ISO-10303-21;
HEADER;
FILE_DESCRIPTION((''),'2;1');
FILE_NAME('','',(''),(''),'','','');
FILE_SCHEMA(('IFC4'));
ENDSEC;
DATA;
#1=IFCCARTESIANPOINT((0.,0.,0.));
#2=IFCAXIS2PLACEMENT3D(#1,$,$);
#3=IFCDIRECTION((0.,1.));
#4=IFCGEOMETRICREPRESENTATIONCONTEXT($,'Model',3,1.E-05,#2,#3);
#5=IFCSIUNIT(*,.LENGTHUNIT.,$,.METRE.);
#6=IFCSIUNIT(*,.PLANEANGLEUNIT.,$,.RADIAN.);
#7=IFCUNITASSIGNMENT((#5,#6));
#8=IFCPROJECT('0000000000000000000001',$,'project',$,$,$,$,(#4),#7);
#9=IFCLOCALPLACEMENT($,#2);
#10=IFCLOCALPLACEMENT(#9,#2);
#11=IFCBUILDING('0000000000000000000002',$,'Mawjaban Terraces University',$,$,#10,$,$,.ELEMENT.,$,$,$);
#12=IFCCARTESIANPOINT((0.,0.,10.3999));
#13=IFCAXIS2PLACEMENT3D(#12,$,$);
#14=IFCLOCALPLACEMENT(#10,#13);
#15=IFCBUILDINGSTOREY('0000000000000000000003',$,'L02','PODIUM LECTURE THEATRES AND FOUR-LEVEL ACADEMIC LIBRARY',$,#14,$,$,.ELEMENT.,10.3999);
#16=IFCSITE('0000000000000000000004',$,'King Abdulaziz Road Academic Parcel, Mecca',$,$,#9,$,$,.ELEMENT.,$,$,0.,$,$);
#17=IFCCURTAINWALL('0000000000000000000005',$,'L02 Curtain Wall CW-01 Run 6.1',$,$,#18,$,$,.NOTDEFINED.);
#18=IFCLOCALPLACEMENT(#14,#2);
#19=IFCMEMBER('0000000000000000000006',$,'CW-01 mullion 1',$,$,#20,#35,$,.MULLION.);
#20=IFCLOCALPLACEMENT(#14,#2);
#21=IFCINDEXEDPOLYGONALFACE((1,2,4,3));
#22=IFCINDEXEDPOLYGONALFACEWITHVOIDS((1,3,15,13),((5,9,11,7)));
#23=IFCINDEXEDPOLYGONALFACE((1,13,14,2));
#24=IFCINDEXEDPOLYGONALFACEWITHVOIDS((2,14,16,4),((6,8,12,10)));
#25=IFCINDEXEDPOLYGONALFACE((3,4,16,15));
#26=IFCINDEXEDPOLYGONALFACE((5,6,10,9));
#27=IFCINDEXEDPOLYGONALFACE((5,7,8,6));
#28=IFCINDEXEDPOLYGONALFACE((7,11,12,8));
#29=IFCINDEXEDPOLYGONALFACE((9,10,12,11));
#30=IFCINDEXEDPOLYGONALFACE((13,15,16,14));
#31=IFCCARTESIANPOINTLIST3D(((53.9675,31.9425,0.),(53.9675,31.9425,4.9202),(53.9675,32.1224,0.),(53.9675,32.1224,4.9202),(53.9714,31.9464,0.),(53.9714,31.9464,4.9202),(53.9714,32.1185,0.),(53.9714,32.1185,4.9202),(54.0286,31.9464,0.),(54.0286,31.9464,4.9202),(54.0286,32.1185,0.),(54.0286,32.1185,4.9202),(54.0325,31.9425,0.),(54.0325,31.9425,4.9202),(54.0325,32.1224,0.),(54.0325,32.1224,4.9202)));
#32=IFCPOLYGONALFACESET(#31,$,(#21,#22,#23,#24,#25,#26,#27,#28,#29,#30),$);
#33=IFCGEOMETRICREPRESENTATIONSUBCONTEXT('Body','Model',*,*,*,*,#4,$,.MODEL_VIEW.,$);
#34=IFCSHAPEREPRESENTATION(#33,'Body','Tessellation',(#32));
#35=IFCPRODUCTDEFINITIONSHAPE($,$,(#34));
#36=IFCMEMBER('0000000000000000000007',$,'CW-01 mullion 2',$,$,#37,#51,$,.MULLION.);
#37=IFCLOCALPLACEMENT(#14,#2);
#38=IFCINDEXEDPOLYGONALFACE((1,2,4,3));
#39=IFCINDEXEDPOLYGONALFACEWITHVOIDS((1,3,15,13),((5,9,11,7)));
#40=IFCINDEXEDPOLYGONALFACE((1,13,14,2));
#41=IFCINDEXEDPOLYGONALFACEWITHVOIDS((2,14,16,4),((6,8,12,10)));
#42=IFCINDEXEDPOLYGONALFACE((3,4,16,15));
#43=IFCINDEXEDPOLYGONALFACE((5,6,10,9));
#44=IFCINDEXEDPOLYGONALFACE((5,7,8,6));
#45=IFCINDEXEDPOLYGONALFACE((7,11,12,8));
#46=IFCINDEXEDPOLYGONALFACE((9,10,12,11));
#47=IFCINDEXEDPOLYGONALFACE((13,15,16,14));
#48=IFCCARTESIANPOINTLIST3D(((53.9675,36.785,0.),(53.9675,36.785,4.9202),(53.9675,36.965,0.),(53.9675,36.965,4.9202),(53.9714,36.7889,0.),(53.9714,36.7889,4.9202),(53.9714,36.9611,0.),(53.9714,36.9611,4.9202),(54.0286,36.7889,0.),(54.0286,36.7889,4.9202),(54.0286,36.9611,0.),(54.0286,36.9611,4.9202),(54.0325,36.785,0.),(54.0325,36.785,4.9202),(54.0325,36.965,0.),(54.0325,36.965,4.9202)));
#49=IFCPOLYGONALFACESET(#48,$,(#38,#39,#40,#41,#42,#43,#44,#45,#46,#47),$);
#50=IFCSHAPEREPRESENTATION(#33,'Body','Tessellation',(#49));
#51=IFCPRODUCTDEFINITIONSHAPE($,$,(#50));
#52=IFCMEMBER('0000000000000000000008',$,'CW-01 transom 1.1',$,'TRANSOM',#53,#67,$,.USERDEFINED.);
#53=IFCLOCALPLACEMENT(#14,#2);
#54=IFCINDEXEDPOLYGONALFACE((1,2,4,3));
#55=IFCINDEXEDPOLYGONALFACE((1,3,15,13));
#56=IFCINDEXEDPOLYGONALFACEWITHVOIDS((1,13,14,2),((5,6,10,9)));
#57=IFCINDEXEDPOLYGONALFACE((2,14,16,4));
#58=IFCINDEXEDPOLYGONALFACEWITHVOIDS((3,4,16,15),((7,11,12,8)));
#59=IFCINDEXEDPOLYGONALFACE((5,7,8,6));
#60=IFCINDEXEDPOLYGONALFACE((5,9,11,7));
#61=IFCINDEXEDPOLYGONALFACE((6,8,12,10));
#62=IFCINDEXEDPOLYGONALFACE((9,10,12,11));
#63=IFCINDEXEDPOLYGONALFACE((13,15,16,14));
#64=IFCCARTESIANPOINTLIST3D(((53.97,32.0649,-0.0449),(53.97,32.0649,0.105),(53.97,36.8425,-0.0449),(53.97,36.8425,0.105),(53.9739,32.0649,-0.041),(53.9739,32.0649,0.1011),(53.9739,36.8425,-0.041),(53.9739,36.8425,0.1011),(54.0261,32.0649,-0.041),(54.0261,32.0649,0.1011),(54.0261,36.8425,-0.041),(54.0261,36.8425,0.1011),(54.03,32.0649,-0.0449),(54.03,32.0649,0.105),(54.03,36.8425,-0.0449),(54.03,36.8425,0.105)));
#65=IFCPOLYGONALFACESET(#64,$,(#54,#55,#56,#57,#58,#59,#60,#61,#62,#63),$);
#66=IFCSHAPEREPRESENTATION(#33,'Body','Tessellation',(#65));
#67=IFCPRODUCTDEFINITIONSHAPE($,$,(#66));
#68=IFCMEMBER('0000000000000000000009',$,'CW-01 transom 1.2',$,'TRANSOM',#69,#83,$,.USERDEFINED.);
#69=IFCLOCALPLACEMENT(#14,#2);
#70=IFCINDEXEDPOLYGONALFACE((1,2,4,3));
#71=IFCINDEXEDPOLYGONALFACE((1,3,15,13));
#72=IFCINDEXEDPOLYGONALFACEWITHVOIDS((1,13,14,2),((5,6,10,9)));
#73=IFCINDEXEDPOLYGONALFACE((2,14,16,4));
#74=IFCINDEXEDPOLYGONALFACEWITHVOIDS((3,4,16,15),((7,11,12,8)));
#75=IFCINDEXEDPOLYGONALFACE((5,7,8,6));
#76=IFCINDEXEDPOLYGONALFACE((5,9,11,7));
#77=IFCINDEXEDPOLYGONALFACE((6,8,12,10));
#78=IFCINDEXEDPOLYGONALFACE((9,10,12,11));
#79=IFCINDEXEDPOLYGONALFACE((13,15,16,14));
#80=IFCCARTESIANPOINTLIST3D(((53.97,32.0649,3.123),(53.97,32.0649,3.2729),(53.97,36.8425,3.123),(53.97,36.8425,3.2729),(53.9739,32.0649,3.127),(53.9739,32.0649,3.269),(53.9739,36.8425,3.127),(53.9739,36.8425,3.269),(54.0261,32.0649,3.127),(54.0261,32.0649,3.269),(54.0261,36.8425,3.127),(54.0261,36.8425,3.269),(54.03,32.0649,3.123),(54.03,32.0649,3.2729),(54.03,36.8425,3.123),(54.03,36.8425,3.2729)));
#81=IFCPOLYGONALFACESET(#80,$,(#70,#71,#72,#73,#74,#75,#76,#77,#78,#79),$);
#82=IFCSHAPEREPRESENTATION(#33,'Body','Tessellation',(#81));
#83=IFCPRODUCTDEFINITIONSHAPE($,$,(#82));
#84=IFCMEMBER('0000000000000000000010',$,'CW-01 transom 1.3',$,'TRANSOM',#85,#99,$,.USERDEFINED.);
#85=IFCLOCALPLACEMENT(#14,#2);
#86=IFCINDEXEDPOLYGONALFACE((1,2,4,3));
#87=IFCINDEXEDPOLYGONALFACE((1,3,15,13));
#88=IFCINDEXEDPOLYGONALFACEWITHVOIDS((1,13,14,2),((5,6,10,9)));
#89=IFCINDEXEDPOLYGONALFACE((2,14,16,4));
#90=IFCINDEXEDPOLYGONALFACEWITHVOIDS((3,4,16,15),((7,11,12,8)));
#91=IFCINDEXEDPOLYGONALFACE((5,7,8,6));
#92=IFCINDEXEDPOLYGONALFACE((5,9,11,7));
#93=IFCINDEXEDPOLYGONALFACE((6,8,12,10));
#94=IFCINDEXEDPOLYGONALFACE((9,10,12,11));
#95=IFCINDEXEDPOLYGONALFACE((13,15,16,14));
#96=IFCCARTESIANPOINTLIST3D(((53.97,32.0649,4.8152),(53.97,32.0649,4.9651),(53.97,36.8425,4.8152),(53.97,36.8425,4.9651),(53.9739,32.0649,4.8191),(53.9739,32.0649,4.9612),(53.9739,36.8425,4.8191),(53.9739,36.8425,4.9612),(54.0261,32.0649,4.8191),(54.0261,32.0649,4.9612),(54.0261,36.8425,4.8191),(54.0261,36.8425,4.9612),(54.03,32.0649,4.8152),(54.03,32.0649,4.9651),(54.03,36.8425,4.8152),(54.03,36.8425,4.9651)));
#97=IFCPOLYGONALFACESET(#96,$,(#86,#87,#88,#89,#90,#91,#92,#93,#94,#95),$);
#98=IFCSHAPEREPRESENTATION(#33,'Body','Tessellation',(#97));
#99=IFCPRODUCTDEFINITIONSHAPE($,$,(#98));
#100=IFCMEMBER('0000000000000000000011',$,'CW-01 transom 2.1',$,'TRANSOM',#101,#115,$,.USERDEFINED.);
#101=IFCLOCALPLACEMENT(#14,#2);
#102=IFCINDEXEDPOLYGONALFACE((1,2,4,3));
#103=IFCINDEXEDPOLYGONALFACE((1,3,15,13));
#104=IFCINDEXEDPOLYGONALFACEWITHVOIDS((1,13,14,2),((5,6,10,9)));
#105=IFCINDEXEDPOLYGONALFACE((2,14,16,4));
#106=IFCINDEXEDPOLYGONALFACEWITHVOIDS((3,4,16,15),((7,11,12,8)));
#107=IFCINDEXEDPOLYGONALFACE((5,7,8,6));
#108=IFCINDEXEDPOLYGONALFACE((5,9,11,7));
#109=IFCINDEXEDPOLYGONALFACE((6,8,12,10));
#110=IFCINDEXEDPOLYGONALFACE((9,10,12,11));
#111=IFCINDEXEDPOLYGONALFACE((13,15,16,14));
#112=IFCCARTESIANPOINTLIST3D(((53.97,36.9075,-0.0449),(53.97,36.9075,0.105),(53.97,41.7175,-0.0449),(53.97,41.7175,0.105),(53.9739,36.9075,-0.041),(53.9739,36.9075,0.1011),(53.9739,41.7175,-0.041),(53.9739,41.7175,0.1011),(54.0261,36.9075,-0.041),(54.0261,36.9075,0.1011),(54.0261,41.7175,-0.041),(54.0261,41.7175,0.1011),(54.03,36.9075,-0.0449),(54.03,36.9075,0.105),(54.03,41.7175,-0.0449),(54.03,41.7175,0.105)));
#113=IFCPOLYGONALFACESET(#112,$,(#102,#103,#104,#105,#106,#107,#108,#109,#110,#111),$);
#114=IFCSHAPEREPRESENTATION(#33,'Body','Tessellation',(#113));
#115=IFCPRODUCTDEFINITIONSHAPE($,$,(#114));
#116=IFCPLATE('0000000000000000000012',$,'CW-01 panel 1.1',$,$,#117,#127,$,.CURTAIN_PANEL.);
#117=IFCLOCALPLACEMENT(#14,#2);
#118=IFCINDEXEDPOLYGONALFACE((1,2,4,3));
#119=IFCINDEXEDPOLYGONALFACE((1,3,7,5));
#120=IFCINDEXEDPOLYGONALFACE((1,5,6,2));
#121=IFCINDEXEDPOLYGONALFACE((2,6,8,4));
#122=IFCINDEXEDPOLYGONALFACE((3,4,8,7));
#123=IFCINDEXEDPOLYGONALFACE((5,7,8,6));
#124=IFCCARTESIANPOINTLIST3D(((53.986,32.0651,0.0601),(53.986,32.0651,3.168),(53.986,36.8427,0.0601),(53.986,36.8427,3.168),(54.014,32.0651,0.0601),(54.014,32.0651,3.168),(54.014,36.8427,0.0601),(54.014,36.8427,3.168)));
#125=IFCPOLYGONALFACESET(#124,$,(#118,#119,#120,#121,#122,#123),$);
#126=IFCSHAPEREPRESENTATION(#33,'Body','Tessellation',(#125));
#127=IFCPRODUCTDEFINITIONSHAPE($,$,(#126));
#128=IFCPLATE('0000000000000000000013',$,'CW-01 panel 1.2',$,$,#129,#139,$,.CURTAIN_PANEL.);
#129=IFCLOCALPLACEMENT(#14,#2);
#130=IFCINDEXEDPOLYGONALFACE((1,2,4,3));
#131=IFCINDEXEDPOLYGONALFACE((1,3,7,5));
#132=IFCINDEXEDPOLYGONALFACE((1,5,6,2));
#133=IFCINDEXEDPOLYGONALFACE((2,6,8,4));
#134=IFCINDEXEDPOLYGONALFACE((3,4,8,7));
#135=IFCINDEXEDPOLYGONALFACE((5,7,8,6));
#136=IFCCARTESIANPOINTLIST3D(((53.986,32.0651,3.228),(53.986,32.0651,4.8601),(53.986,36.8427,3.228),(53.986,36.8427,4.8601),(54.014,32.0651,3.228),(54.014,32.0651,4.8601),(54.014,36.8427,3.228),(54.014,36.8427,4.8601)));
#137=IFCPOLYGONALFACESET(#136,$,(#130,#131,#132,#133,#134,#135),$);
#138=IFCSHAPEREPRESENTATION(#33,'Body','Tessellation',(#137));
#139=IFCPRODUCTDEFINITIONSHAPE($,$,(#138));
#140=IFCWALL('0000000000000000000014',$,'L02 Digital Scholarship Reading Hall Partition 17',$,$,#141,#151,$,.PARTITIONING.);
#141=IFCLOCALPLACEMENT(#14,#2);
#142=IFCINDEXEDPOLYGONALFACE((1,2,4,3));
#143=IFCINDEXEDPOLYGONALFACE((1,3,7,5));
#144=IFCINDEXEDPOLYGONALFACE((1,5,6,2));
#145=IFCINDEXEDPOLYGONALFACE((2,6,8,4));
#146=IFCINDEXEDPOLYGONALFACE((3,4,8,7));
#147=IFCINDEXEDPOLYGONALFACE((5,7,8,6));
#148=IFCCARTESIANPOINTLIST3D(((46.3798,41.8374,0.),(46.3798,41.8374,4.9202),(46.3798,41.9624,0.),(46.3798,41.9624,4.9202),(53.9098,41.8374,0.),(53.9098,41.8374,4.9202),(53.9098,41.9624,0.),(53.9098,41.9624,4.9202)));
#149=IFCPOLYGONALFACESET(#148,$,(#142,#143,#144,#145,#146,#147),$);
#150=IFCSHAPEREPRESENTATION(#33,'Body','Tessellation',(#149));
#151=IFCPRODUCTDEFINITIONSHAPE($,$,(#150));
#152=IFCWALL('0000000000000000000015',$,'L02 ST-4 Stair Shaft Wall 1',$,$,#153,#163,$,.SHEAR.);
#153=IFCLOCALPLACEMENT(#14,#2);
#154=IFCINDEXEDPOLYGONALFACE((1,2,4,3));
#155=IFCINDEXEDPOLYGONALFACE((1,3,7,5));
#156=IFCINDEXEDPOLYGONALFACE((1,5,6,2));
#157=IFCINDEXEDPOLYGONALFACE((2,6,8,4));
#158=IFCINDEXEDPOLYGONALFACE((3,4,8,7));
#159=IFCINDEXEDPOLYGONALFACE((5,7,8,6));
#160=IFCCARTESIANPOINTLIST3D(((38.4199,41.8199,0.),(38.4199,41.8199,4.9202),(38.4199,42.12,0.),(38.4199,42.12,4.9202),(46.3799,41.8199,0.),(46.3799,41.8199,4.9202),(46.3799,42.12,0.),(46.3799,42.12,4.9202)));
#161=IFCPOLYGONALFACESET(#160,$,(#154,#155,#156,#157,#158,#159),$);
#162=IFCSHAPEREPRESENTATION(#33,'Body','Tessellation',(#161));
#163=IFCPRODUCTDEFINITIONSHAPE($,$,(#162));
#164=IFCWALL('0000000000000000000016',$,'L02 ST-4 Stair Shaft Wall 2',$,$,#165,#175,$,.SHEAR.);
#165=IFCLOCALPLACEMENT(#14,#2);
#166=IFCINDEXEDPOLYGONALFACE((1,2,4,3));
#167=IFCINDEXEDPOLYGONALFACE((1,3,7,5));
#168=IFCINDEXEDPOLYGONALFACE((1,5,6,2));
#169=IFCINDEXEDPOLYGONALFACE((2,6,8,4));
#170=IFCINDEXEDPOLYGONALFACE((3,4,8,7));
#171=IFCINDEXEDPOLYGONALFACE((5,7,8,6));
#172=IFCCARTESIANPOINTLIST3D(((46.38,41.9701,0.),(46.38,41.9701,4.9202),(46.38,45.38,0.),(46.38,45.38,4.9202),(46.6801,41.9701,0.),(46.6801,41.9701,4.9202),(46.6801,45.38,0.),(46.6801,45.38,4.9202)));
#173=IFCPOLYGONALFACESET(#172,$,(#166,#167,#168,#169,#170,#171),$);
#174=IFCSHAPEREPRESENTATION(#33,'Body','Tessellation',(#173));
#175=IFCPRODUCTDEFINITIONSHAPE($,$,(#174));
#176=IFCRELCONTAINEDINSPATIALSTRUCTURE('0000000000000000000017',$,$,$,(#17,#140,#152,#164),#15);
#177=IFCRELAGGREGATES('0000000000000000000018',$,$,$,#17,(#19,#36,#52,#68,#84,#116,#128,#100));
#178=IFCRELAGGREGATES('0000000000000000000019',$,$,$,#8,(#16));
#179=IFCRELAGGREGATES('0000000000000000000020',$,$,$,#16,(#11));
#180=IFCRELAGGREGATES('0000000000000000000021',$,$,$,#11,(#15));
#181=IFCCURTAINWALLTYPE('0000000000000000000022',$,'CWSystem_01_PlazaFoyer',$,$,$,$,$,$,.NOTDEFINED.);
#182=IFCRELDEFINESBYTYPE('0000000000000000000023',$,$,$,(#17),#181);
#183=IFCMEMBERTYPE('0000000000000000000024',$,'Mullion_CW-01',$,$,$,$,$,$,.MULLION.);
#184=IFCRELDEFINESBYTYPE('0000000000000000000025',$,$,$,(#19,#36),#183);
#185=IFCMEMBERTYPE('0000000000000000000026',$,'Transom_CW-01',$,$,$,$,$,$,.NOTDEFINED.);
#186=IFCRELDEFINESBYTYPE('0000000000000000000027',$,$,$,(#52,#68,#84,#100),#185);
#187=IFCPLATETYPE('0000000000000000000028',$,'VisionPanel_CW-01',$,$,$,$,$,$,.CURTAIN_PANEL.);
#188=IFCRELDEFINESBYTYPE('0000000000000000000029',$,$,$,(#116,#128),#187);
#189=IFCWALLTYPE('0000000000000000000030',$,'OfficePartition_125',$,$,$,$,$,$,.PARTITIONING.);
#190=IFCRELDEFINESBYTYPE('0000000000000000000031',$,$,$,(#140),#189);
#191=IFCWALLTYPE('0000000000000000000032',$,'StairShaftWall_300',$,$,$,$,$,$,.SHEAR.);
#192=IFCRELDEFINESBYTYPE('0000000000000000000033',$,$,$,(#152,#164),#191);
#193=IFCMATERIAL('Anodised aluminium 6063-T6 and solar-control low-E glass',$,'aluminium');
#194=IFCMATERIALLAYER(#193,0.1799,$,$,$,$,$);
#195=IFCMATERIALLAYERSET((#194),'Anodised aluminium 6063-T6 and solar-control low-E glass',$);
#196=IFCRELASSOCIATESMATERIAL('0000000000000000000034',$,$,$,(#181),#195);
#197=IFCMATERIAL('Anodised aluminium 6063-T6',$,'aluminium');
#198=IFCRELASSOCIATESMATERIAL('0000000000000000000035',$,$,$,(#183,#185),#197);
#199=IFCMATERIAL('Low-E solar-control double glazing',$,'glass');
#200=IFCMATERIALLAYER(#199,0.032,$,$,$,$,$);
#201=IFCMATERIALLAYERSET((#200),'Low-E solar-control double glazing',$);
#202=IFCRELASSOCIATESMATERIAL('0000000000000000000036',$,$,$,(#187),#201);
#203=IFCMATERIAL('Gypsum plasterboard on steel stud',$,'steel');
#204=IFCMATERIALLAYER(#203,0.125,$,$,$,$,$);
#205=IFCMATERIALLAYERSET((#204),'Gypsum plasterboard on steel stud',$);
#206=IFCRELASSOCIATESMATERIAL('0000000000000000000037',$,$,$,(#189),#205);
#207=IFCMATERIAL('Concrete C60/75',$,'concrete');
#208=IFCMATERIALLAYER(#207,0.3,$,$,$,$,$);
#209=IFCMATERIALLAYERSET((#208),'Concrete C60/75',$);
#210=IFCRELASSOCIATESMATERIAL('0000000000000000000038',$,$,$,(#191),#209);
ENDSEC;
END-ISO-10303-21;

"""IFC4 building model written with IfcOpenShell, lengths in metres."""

from ifc_helpers import new_model, si_unit, direction, frame, frame_2d, origin, origin_2d, place, context, subcontext, project, spatial, rectangle, hollow_rectangle, extrude, material, layer, layer_set, material_profile, profile_set, type_object, element, aggregate, save


model = new_model("IFC4")

# Units and contexts
model_context = context("Model", 3, precision=1e-05, world=origin(), true_north=direction((0.0, 1.0)))
body_context = subcontext(model_context, "Body", "Model", "MODEL_VIEW")
ifc_project = project(units=[si_unit("LENGTHUNIT", "METRE"), si_unit("PLANEANGLEUNIT", "RADIAN")], contexts=[model_context])

# Site, building, storey
site_placement = place(None, origin())
site = spatial("IfcSite", under=ifc_project, at=site_placement, Name="King Abdulaziz Road Academic Parcel, Mecca", CompositionType="ELEMENT", RefElevation=0.0)
building_placement = place(site_placement, origin())
building = spatial("IfcBuilding", under=site, at=building_placement, Name="Mawjaban Terraces University", CompositionType="ELEMENT")
storey_placement = place(building_placement, frame((0.0, 0.0, 10.3999)))
storey = spatial("IfcBuildingStorey", under=building, at=storey_placement, Name="L02", Description="PODIUM LECTURE THEATRES AND FOUR-LEVEL ACADEMIC LIBRARY", CompositionType="ELEMENT", Elevation=10.3999)

# Curtain wall, members, plates
ifc_material_1 = material(Name="Anodised aluminium 6063-T6 and solar-control low-E glass", Category="aluminium")
ifc_layer_1 = layer(ifc_material_1, 0.1799)
ifc_layer_set_1 = layer_set([ifc_layer_1], Name="Anodised aluminium 6063-T6 and solar-control low-E glass")
curtain_wall_type = type_object("IfcCurtainWallType", Name="CWSystem_01_PlazaFoyer", PredefinedType="NOTDEFINED", material=ifc_layer_set_1)
curtain_wall_placement = place(storey_placement, origin())
curtain_wall = element("IfcCurtainWall", 1, at=curtain_wall_placement, inside=storey, type_object=curtain_wall_type, Name="L02 Curtain Wall CW-01 Run 6.1", PredefinedType="NOTDEFINED")
ifc_material_2 = material(Name="Anodised aluminium 6063-T6", Category="aluminium")
ifc_material_profile_1 = material_profile(ifc_material_2, hollow_rectangle(XDim=0.0649, YDim=0.1799, WallThickness=0.0039, at=origin_2d()), Name="ALU180X65X4")
ifc_profile_set_1 = profile_set([ifc_material_profile_1], Name="Anodised aluminium 6063-T6")
member_type_1 = type_object("IfcMemberType", Name="Mullion_CW-01", PredefinedType="MULLION", material=ifc_profile_set_1)
member_1_placement = place(storey_placement, frame((54.0, 32.0325, 0.0), z_axis=(0.0, 0.0, 1.0), x_axis=(-1.0, 0.0, 0.0)))
member_1 = element("IfcMember", 2, at=member_1_placement, type_object=member_type_1, Name="CW-01 mullion 1", PredefinedType="MULLION", context=body_context, shape_type="SweptSolid", body=[
    extrude(hollow_rectangle(XDim=0.0649, YDim=0.1799, WallThickness=0.0039, at=origin_2d()), origin(), (0.0, 0.0, 1.0), 4.9202),
])
member_2_placement = place(storey_placement, frame((54.0, 36.875, 0.0), z_axis=(0.0, 0.0, 1.0), x_axis=(-1.0, 0.0, 0.0)))
member_2 = element("IfcMember", 3, at=member_2_placement, type_object=member_type_1, Name="CW-01 mullion 2", PredefinedType="MULLION", context=body_context, shape_type="SweptSolid", body=[
    extrude(hollow_rectangle(XDim=0.0649, YDim=0.1799, WallThickness=0.0039, at=origin_2d()), origin(), (0.0, 0.0, 1.0), 4.9202),
])
ifc_material_profile_2 = material_profile(ifc_material_2, hollow_rectangle(XDim=0.0601, YDim=0.1499, WallThickness=0.0039, at=origin_2d()), Name="ALU150X60X4")
ifc_profile_set_2 = profile_set([ifc_material_profile_2], Name="Anodised aluminium 6063-T6")
member_type_2 = type_object("IfcMemberType", Name="Transom_CW-01", PredefinedType="NOTDEFINED", material=ifc_profile_set_2)
member_3_placement = place(storey_placement, frame((54.0, 32.0649, 0.03), z_axis=(0.0, 1.0, 0.0), x_axis=(-1.0, 0.0, 0.0)))
member_3 = element("IfcMember", 4, at=member_3_placement, type_object=member_type_2, Name="CW-01 transom 1.1", ObjectType="TRANSOM", PredefinedType="USERDEFINED", context=body_context, shape_type="SweptSolid", body=[
    extrude(hollow_rectangle(XDim=0.0601, YDim=0.1499, WallThickness=0.0039, at=origin_2d()), origin(), (0.0, 0.0, 1.0), 4.7776),
])
member_4_placement = place(storey_placement, frame((54.0, 32.0649, 3.198), z_axis=(0.0, 1.0, 0.0), x_axis=(-1.0, 0.0, 0.0)))
member_4 = element("IfcMember", 5, at=member_4_placement, type_object=member_type_2, Name="CW-01 transom 1.2", ObjectType="TRANSOM", PredefinedType="USERDEFINED", context=body_context, shape_type="SweptSolid", body=[
    extrude(hollow_rectangle(XDim=0.0601, YDim=0.1499, WallThickness=0.0039, at=origin_2d()), origin(), (0.0, 0.0, 1.0), 4.7776),
])
member_5_placement = place(storey_placement, frame((54.0, 32.0649, 4.8901), z_axis=(0.0, 1.0, 0.0), x_axis=(-1.0, 0.0, 0.0)))
member_5 = element("IfcMember", 6, at=member_5_placement, type_object=member_type_2, Name="CW-01 transom 1.3", ObjectType="TRANSOM", PredefinedType="USERDEFINED", context=body_context, shape_type="SweptSolid", body=[
    extrude(hollow_rectangle(XDim=0.0601, YDim=0.1499, WallThickness=0.0039, at=origin_2d()), origin(), (0.0, 0.0, 1.0), 4.7776),
])
member_6_placement = place(storey_placement, frame((54.0, 36.9075, 0.03), z_axis=(0.0, 1.0, 0.0), x_axis=(-1.0, 0.0, 0.0)))
member_6 = element("IfcMember", 7, at=member_6_placement, type_object=member_type_2, Name="CW-01 transom 2.1", ObjectType="TRANSOM", PredefinedType="USERDEFINED", context=body_context, shape_type="SweptSolid", body=[
    extrude(hollow_rectangle(XDim=0.0601, YDim=0.1499, WallThickness=0.0039, at=origin_2d()), origin(), (0.0, 0.0, 1.0), 4.8101),
])
ifc_material_3 = material(Name="Low-E solar-control double glazing", Category="glass")
ifc_layer_2 = layer(ifc_material_3, 0.032)
ifc_layer_set_2 = layer_set([ifc_layer_2], Name="Low-E solar-control double glazing")
plate_type = type_object("IfcPlateType", Name="VisionPanel_CW-01", PredefinedType="CURTAIN_PANEL", material=ifc_layer_set_2)
plate_1_placement = place(storey_placement, frame((54.0, 34.4539, 0.0601), z_axis=(0.0, 0.0, 1.0), x_axis=(0.0, 1.0, 0.0)))
plate_1 = element("IfcPlate", 8, at=plate_1_placement, type_object=plate_type, Name="CW-01 panel 1.1", PredefinedType="CURTAIN_PANEL", context=body_context, shape_type="SweptSolid", body=[
    extrude(rectangle(XDim=4.7776, YDim=0.0281, at=origin_2d()), origin(), (0.0, 0.0, 1.0), 3.1079),
])
plate_2_placement = place(storey_placement, frame((54.0, 34.4539, 3.228), z_axis=(0.0, 0.0, 1.0), x_axis=(0.0, 1.0, 0.0)))
plate_2 = element("IfcPlate", 9, at=plate_2_placement, type_object=plate_type, Name="CW-01 panel 1.2", PredefinedType="CURTAIN_PANEL", context=body_context, shape_type="SweptSolid", body=[
    extrude(rectangle(XDim=4.7776, YDim=0.0281, at=origin_2d()), origin(), (0.0, 0.0, 1.0), 1.6321),
])
aggregate(curtain_wall, [member_1, member_2, member_3, member_4, member_5, plate_1, plate_2, member_6])

# Walls
ifc_material_4 = material(Name="Gypsum plasterboard on steel stud", Category="steel")
ifc_layer_3 = layer(ifc_material_4, 0.125)
ifc_layer_set_3 = layer_set([ifc_layer_3], Name="Gypsum plasterboard on steel stud")
wall_type_1 = type_object("IfcWallType", Name="OfficePartition_125", PredefinedType="PARTITIONING", material=ifc_layer_set_3)
wall_1_placement = place(storey_placement, frame((53.9099, 41.8999, 0.0), z_axis=(0.0, 0.0, 1.0), x_axis=(-1.0, 0.0, 0.0)))
element("IfcWall", 10, at=wall_1_placement, inside=storey, type_object=wall_type_1, Name="L02 Digital Scholarship Reading Hall Partition 17", PredefinedType="PARTITIONING", context=body_context, shape_type="SweptSolid", body=[
    extrude(rectangle(XDim=7.53, YDim=0.125, at=frame_2d((3.7651, 0.0))), origin(), (0.0, 0.0, 1.0), 4.9202),
])
ifc_material_5 = material(Name="Concrete C60/75", Category="concrete")
ifc_layer_4 = layer(ifc_material_5, 0.3)
ifc_layer_set_4 = layer_set([ifc_layer_4], Name="Concrete C60/75")
wall_type_2 = type_object("IfcWallType", Name="StairShaftWall_300", PredefinedType="SHEAR", material=ifc_layer_set_4)
wall_2_placement = place(storey_placement, frame((38.4199, 41.97, 0.0), z_axis=(0.0, 0.0, 1.0), x_axis=(1.0, 0.0, 0.0)))
element("IfcWall", 11, at=wall_2_placement, inside=storey, type_object=wall_type_2, Name="L02 ST-4 Stair Shaft Wall 1", PredefinedType="SHEAR", context=body_context, shape_type="SweptSolid", body=[
    extrude(rectangle(XDim=7.96, YDim=0.3, at=frame_2d((3.98, 0.0))), origin(), (0.0, 0.0, 1.0), 4.9202),
])
wall_3_placement = place(storey_placement, frame((46.53, 41.97, 0.0), z_axis=(0.0, 0.0, 1.0), x_axis=(0.0, 1.0, 0.0)))
element("IfcWall", 12, at=wall_3_placement, inside=storey, type_object=wall_type_2, Name="L02 ST-4 Stair Shaft Wall 2", PredefinedType="SHEAR", context=body_context, shape_type="SweptSolid", body=[
    extrude(rectangle(XDim=3.4099, YDim=0.3, at=frame_2d((1.7051, 0.0))), origin(), (0.0, 0.0, 1.0), 4.9202),
])

save(model, "model.ifc")
